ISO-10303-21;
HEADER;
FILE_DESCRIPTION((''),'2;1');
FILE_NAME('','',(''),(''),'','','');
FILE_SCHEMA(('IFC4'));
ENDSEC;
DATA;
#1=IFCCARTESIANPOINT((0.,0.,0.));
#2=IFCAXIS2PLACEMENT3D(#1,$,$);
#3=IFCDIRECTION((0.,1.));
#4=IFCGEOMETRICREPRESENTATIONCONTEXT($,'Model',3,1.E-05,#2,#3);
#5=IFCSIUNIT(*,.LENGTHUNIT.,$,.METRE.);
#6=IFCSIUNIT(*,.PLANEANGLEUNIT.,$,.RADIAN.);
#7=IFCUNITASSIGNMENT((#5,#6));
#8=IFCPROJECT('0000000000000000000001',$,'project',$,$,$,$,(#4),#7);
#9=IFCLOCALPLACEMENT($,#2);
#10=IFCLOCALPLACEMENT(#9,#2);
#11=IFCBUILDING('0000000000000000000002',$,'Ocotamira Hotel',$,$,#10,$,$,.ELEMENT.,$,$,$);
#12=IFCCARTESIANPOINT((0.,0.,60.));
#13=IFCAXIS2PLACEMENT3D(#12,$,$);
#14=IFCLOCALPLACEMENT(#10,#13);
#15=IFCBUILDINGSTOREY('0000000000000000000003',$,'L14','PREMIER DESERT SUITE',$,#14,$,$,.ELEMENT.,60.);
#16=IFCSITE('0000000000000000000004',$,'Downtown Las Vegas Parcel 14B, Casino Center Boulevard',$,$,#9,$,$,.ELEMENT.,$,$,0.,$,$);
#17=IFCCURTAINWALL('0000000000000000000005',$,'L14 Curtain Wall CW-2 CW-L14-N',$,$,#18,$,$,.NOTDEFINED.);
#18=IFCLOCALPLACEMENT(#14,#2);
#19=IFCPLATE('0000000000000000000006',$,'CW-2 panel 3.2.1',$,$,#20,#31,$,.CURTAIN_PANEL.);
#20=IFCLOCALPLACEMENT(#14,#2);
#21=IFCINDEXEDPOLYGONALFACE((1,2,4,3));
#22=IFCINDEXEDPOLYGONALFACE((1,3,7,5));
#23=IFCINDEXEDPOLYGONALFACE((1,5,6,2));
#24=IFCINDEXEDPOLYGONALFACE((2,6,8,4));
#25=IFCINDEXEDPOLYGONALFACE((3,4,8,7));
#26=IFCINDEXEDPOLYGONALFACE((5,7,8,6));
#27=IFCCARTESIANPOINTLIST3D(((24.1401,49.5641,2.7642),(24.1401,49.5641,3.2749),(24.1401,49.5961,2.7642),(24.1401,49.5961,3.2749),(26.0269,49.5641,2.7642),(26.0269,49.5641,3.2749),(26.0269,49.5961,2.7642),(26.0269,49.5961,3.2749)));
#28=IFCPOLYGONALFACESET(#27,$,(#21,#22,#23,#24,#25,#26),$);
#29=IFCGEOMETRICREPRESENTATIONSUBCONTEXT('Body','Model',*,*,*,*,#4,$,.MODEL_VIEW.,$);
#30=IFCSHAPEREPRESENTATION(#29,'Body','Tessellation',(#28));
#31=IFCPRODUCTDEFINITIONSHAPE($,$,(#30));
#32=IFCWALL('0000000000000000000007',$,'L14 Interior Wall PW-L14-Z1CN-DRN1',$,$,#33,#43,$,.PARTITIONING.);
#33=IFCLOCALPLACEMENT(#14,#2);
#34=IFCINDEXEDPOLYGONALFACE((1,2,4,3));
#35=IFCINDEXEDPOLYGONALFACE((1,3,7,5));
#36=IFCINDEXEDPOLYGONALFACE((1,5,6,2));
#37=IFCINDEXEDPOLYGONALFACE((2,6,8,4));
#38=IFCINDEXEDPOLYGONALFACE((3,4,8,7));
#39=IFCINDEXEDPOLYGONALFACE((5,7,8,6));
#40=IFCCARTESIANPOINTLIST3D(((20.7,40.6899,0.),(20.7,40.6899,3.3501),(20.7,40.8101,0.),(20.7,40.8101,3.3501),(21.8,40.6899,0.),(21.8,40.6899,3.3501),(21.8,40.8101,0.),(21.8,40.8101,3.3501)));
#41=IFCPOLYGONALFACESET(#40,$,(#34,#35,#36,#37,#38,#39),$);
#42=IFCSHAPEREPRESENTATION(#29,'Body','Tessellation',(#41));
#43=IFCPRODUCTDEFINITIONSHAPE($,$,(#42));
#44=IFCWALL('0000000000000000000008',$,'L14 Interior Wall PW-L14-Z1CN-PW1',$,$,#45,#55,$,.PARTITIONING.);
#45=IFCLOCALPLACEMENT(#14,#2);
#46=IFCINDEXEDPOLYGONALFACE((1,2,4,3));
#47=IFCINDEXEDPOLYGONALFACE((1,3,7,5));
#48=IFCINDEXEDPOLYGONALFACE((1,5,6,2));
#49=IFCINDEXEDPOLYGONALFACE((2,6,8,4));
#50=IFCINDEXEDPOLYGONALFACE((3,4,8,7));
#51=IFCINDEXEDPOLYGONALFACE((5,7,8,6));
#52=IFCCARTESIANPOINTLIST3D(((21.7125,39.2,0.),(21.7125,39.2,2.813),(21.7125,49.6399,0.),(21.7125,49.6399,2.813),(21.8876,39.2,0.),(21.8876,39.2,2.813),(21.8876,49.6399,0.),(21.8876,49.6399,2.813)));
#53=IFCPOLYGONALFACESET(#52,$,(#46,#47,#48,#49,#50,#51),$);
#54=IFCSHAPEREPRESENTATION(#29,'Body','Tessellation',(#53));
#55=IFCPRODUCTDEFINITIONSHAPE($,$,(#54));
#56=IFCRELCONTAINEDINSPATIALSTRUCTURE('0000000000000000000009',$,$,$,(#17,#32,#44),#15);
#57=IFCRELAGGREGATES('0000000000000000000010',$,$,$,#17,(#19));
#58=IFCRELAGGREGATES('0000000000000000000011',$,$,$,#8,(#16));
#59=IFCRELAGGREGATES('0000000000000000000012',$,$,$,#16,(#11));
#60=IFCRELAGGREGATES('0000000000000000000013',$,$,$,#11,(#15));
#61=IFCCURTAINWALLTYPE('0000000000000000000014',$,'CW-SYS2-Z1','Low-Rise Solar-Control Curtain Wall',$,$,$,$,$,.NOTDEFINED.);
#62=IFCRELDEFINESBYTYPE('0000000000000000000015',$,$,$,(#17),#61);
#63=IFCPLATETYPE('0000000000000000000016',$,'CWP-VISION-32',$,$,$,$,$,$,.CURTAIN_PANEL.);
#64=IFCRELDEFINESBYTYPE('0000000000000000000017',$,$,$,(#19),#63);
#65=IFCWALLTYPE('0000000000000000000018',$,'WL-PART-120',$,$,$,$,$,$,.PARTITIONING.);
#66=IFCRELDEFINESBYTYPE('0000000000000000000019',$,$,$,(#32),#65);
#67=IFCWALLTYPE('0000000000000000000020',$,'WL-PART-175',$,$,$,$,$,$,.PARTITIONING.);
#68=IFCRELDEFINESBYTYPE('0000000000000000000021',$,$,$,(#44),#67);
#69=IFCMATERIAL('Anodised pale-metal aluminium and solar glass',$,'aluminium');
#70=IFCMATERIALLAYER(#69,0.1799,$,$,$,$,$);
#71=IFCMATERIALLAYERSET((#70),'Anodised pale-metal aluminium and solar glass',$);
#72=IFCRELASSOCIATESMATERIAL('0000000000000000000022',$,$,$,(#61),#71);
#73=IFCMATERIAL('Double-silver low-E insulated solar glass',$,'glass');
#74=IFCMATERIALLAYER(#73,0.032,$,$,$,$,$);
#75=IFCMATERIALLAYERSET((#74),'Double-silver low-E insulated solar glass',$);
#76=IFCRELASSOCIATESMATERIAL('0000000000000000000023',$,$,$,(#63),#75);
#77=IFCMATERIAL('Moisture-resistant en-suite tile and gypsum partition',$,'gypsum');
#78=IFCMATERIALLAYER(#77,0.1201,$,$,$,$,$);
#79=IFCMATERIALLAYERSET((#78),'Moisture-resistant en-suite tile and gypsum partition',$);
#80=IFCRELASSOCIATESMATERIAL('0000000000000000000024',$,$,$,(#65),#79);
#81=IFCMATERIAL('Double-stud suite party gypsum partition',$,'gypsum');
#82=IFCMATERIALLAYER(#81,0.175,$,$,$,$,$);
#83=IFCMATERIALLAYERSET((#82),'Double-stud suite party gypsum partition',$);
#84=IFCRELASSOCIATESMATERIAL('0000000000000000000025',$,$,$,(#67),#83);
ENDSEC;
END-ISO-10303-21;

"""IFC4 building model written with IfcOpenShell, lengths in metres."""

from ifc_helpers import new_model, si_unit, direction, frame, frame_2d, origin, origin_2d, place, context, subcontext, project, spatial, rectangle, extrude, source, transform, mapped, material, layer, layer_set, type_object, element, aggregate, save


model = new_model("IFC4")

# Units and contexts
model_context = context("Model", 3, precision=1e-05, world=origin(), true_north=direction((0.0, 1.0)))
body_context = subcontext(model_context, "Body", "Model", "MODEL_VIEW")
ifc_project = project(units=[si_unit("LENGTHUNIT", "METRE"), si_unit("PLANEANGLEUNIT", "RADIAN")], contexts=[model_context])

# Site, building, storey
site_placement = place(None, origin())
site = spatial("IfcSite", under=ifc_project, at=site_placement, Name="Downtown Las Vegas Parcel 14B, Casino Center Boulevard", CompositionType="ELEMENT", RefElevation=0.0)
building_placement = place(site_placement, origin())
building = spatial("IfcBuilding", under=site, at=building_placement, Name="Ocotamira Hotel", CompositionType="ELEMENT")
storey_placement = place(building_placement, frame((0.0, 0.0, 60.0)))
storey = spatial("IfcBuildingStorey", under=building, at=storey_placement, Name="L14", Description="PREMIER DESERT SUITE", CompositionType="ELEMENT", Elevation=60.0)

# Curtain wall
ifc_material_1 = material(Name="Anodised pale-metal aluminium and solar glass", Category="aluminium")
ifc_layer_1 = layer(ifc_material_1, 0.1799)
ifc_layer_set_1 = layer_set([ifc_layer_1], Name="Anodised pale-metal aluminium and solar glass")
curtain_wall_type = type_object("IfcCurtainWallType", Name="CW-SYS2-Z1", Description="Low-Rise Solar-Control Curtain Wall", PredefinedType="NOTDEFINED", material=ifc_layer_set_1)
curtain_wall_placement = place(storey_placement, origin())
curtain_wall = element("IfcCurtainWall", 1, at=curtain_wall_placement, inside=storey, type_object=curtain_wall_type, Name="L14 Curtain Wall CW-2 CW-L14-N", PredefinedType="NOTDEFINED")

# Plate
ifc_material_2 = material(Name="Double-silver low-E insulated solar glass", Category="glass")
ifc_layer_2 = layer(ifc_material_2, 0.032)
ifc_layer_set_2 = layer_set([ifc_layer_2], Name="Double-silver low-E insulated solar glass")
plate_type_1 = type_object("IfcPlateType", Name="CWP-VISION-32", PredefinedType="CURTAIN_PANEL", material=ifc_layer_set_2)
shared_shape_1 = source(origin(), body_context, "Body", "SweptSolid", [
    extrude(rectangle(XDim=1.8867, YDim=0.032, at=origin_2d()), origin(), (0.0, 0.0, 1.0), 0.5107),
])
plate_1_placement = place(storey_placement, frame((25.0835, 49.5801, 2.7642), z_axis=(0.0, 0.0, 1.0), x_axis=(1.0, 0.0, 0.0)))
plate_1 = element("IfcPlate", 2, at=plate_1_placement, type_object=plate_type_1, Name="CW-2 panel 3.2.1", PredefinedType="CURTAIN_PANEL", context=body_context, shape_type="MappedRepresentation", body=[
    mapped(shared_shape_1, transform((0.0, 0.0, 0.0), scale=1.0)),
])
aggregate(curtain_wall, [plate_1])

# Shared definitions
ifc_material_3 = material(Name="Moisture-resistant en-suite tile and gypsum partition", Category="gypsum")
ifc_layer_3 = layer(ifc_material_3, 0.1201)
ifc_layer_set_3 = layer_set([ifc_layer_3], Name="Moisture-resistant en-suite tile and gypsum partition")
wall_type_1 = type_object("IfcWallType", Name="WL-PART-120", PredefinedType="PARTITIONING", material=ifc_layer_set_3)

# Walls
wall_1_placement = place(storey_placement, frame((20.7, 40.75, 0.0), z_axis=(0.0, 0.0, 1.0), x_axis=(1.0, 0.0, 0.0)))
element("IfcWall", 3, at=wall_1_placement, inside=storey, type_object=wall_type_1, Name="L14 Interior Wall PW-L14-Z1CN-DRN1", PredefinedType="PARTITIONING", context=body_context, shape_type="SweptSolid", body=[
    extrude(rectangle(XDim=1.1001, YDim=0.1201, at=frame_2d((0.55, 0.0))), origin(), (0.0, 0.0, 1.0), 3.3501),
])
ifc_material_4 = material(Name="Double-stud suite party gypsum partition", Category="gypsum")
ifc_layer_4 = layer(ifc_material_4, 0.175)
ifc_layer_set_4 = layer_set([ifc_layer_4], Name="Double-stud suite party gypsum partition")
wall_type_2 = type_object("IfcWallType", Name="WL-PART-175", PredefinedType="PARTITIONING", material=ifc_layer_set_4)
wall_2_placement = place(storey_placement, frame((21.8, 39.2, 0.0), z_axis=(0.0, 0.0, 1.0), x_axis=(0.0, 1.0, 0.0)))
element("IfcWall", 4, at=wall_2_placement, inside=storey, type_object=wall_type_2, Name="L14 Interior Wall PW-L14-Z1CN-PW1", PredefinedType="PARTITIONING", context=body_context, shape_type="SweptSolid", body=[
    extrude(rectangle(XDim=10.4399, YDim=0.175, at=frame_2d((5.22, 0.0))), origin(), (0.0, 0.0, 1.0), 2.813),
])

save(model, "model.ifc")
